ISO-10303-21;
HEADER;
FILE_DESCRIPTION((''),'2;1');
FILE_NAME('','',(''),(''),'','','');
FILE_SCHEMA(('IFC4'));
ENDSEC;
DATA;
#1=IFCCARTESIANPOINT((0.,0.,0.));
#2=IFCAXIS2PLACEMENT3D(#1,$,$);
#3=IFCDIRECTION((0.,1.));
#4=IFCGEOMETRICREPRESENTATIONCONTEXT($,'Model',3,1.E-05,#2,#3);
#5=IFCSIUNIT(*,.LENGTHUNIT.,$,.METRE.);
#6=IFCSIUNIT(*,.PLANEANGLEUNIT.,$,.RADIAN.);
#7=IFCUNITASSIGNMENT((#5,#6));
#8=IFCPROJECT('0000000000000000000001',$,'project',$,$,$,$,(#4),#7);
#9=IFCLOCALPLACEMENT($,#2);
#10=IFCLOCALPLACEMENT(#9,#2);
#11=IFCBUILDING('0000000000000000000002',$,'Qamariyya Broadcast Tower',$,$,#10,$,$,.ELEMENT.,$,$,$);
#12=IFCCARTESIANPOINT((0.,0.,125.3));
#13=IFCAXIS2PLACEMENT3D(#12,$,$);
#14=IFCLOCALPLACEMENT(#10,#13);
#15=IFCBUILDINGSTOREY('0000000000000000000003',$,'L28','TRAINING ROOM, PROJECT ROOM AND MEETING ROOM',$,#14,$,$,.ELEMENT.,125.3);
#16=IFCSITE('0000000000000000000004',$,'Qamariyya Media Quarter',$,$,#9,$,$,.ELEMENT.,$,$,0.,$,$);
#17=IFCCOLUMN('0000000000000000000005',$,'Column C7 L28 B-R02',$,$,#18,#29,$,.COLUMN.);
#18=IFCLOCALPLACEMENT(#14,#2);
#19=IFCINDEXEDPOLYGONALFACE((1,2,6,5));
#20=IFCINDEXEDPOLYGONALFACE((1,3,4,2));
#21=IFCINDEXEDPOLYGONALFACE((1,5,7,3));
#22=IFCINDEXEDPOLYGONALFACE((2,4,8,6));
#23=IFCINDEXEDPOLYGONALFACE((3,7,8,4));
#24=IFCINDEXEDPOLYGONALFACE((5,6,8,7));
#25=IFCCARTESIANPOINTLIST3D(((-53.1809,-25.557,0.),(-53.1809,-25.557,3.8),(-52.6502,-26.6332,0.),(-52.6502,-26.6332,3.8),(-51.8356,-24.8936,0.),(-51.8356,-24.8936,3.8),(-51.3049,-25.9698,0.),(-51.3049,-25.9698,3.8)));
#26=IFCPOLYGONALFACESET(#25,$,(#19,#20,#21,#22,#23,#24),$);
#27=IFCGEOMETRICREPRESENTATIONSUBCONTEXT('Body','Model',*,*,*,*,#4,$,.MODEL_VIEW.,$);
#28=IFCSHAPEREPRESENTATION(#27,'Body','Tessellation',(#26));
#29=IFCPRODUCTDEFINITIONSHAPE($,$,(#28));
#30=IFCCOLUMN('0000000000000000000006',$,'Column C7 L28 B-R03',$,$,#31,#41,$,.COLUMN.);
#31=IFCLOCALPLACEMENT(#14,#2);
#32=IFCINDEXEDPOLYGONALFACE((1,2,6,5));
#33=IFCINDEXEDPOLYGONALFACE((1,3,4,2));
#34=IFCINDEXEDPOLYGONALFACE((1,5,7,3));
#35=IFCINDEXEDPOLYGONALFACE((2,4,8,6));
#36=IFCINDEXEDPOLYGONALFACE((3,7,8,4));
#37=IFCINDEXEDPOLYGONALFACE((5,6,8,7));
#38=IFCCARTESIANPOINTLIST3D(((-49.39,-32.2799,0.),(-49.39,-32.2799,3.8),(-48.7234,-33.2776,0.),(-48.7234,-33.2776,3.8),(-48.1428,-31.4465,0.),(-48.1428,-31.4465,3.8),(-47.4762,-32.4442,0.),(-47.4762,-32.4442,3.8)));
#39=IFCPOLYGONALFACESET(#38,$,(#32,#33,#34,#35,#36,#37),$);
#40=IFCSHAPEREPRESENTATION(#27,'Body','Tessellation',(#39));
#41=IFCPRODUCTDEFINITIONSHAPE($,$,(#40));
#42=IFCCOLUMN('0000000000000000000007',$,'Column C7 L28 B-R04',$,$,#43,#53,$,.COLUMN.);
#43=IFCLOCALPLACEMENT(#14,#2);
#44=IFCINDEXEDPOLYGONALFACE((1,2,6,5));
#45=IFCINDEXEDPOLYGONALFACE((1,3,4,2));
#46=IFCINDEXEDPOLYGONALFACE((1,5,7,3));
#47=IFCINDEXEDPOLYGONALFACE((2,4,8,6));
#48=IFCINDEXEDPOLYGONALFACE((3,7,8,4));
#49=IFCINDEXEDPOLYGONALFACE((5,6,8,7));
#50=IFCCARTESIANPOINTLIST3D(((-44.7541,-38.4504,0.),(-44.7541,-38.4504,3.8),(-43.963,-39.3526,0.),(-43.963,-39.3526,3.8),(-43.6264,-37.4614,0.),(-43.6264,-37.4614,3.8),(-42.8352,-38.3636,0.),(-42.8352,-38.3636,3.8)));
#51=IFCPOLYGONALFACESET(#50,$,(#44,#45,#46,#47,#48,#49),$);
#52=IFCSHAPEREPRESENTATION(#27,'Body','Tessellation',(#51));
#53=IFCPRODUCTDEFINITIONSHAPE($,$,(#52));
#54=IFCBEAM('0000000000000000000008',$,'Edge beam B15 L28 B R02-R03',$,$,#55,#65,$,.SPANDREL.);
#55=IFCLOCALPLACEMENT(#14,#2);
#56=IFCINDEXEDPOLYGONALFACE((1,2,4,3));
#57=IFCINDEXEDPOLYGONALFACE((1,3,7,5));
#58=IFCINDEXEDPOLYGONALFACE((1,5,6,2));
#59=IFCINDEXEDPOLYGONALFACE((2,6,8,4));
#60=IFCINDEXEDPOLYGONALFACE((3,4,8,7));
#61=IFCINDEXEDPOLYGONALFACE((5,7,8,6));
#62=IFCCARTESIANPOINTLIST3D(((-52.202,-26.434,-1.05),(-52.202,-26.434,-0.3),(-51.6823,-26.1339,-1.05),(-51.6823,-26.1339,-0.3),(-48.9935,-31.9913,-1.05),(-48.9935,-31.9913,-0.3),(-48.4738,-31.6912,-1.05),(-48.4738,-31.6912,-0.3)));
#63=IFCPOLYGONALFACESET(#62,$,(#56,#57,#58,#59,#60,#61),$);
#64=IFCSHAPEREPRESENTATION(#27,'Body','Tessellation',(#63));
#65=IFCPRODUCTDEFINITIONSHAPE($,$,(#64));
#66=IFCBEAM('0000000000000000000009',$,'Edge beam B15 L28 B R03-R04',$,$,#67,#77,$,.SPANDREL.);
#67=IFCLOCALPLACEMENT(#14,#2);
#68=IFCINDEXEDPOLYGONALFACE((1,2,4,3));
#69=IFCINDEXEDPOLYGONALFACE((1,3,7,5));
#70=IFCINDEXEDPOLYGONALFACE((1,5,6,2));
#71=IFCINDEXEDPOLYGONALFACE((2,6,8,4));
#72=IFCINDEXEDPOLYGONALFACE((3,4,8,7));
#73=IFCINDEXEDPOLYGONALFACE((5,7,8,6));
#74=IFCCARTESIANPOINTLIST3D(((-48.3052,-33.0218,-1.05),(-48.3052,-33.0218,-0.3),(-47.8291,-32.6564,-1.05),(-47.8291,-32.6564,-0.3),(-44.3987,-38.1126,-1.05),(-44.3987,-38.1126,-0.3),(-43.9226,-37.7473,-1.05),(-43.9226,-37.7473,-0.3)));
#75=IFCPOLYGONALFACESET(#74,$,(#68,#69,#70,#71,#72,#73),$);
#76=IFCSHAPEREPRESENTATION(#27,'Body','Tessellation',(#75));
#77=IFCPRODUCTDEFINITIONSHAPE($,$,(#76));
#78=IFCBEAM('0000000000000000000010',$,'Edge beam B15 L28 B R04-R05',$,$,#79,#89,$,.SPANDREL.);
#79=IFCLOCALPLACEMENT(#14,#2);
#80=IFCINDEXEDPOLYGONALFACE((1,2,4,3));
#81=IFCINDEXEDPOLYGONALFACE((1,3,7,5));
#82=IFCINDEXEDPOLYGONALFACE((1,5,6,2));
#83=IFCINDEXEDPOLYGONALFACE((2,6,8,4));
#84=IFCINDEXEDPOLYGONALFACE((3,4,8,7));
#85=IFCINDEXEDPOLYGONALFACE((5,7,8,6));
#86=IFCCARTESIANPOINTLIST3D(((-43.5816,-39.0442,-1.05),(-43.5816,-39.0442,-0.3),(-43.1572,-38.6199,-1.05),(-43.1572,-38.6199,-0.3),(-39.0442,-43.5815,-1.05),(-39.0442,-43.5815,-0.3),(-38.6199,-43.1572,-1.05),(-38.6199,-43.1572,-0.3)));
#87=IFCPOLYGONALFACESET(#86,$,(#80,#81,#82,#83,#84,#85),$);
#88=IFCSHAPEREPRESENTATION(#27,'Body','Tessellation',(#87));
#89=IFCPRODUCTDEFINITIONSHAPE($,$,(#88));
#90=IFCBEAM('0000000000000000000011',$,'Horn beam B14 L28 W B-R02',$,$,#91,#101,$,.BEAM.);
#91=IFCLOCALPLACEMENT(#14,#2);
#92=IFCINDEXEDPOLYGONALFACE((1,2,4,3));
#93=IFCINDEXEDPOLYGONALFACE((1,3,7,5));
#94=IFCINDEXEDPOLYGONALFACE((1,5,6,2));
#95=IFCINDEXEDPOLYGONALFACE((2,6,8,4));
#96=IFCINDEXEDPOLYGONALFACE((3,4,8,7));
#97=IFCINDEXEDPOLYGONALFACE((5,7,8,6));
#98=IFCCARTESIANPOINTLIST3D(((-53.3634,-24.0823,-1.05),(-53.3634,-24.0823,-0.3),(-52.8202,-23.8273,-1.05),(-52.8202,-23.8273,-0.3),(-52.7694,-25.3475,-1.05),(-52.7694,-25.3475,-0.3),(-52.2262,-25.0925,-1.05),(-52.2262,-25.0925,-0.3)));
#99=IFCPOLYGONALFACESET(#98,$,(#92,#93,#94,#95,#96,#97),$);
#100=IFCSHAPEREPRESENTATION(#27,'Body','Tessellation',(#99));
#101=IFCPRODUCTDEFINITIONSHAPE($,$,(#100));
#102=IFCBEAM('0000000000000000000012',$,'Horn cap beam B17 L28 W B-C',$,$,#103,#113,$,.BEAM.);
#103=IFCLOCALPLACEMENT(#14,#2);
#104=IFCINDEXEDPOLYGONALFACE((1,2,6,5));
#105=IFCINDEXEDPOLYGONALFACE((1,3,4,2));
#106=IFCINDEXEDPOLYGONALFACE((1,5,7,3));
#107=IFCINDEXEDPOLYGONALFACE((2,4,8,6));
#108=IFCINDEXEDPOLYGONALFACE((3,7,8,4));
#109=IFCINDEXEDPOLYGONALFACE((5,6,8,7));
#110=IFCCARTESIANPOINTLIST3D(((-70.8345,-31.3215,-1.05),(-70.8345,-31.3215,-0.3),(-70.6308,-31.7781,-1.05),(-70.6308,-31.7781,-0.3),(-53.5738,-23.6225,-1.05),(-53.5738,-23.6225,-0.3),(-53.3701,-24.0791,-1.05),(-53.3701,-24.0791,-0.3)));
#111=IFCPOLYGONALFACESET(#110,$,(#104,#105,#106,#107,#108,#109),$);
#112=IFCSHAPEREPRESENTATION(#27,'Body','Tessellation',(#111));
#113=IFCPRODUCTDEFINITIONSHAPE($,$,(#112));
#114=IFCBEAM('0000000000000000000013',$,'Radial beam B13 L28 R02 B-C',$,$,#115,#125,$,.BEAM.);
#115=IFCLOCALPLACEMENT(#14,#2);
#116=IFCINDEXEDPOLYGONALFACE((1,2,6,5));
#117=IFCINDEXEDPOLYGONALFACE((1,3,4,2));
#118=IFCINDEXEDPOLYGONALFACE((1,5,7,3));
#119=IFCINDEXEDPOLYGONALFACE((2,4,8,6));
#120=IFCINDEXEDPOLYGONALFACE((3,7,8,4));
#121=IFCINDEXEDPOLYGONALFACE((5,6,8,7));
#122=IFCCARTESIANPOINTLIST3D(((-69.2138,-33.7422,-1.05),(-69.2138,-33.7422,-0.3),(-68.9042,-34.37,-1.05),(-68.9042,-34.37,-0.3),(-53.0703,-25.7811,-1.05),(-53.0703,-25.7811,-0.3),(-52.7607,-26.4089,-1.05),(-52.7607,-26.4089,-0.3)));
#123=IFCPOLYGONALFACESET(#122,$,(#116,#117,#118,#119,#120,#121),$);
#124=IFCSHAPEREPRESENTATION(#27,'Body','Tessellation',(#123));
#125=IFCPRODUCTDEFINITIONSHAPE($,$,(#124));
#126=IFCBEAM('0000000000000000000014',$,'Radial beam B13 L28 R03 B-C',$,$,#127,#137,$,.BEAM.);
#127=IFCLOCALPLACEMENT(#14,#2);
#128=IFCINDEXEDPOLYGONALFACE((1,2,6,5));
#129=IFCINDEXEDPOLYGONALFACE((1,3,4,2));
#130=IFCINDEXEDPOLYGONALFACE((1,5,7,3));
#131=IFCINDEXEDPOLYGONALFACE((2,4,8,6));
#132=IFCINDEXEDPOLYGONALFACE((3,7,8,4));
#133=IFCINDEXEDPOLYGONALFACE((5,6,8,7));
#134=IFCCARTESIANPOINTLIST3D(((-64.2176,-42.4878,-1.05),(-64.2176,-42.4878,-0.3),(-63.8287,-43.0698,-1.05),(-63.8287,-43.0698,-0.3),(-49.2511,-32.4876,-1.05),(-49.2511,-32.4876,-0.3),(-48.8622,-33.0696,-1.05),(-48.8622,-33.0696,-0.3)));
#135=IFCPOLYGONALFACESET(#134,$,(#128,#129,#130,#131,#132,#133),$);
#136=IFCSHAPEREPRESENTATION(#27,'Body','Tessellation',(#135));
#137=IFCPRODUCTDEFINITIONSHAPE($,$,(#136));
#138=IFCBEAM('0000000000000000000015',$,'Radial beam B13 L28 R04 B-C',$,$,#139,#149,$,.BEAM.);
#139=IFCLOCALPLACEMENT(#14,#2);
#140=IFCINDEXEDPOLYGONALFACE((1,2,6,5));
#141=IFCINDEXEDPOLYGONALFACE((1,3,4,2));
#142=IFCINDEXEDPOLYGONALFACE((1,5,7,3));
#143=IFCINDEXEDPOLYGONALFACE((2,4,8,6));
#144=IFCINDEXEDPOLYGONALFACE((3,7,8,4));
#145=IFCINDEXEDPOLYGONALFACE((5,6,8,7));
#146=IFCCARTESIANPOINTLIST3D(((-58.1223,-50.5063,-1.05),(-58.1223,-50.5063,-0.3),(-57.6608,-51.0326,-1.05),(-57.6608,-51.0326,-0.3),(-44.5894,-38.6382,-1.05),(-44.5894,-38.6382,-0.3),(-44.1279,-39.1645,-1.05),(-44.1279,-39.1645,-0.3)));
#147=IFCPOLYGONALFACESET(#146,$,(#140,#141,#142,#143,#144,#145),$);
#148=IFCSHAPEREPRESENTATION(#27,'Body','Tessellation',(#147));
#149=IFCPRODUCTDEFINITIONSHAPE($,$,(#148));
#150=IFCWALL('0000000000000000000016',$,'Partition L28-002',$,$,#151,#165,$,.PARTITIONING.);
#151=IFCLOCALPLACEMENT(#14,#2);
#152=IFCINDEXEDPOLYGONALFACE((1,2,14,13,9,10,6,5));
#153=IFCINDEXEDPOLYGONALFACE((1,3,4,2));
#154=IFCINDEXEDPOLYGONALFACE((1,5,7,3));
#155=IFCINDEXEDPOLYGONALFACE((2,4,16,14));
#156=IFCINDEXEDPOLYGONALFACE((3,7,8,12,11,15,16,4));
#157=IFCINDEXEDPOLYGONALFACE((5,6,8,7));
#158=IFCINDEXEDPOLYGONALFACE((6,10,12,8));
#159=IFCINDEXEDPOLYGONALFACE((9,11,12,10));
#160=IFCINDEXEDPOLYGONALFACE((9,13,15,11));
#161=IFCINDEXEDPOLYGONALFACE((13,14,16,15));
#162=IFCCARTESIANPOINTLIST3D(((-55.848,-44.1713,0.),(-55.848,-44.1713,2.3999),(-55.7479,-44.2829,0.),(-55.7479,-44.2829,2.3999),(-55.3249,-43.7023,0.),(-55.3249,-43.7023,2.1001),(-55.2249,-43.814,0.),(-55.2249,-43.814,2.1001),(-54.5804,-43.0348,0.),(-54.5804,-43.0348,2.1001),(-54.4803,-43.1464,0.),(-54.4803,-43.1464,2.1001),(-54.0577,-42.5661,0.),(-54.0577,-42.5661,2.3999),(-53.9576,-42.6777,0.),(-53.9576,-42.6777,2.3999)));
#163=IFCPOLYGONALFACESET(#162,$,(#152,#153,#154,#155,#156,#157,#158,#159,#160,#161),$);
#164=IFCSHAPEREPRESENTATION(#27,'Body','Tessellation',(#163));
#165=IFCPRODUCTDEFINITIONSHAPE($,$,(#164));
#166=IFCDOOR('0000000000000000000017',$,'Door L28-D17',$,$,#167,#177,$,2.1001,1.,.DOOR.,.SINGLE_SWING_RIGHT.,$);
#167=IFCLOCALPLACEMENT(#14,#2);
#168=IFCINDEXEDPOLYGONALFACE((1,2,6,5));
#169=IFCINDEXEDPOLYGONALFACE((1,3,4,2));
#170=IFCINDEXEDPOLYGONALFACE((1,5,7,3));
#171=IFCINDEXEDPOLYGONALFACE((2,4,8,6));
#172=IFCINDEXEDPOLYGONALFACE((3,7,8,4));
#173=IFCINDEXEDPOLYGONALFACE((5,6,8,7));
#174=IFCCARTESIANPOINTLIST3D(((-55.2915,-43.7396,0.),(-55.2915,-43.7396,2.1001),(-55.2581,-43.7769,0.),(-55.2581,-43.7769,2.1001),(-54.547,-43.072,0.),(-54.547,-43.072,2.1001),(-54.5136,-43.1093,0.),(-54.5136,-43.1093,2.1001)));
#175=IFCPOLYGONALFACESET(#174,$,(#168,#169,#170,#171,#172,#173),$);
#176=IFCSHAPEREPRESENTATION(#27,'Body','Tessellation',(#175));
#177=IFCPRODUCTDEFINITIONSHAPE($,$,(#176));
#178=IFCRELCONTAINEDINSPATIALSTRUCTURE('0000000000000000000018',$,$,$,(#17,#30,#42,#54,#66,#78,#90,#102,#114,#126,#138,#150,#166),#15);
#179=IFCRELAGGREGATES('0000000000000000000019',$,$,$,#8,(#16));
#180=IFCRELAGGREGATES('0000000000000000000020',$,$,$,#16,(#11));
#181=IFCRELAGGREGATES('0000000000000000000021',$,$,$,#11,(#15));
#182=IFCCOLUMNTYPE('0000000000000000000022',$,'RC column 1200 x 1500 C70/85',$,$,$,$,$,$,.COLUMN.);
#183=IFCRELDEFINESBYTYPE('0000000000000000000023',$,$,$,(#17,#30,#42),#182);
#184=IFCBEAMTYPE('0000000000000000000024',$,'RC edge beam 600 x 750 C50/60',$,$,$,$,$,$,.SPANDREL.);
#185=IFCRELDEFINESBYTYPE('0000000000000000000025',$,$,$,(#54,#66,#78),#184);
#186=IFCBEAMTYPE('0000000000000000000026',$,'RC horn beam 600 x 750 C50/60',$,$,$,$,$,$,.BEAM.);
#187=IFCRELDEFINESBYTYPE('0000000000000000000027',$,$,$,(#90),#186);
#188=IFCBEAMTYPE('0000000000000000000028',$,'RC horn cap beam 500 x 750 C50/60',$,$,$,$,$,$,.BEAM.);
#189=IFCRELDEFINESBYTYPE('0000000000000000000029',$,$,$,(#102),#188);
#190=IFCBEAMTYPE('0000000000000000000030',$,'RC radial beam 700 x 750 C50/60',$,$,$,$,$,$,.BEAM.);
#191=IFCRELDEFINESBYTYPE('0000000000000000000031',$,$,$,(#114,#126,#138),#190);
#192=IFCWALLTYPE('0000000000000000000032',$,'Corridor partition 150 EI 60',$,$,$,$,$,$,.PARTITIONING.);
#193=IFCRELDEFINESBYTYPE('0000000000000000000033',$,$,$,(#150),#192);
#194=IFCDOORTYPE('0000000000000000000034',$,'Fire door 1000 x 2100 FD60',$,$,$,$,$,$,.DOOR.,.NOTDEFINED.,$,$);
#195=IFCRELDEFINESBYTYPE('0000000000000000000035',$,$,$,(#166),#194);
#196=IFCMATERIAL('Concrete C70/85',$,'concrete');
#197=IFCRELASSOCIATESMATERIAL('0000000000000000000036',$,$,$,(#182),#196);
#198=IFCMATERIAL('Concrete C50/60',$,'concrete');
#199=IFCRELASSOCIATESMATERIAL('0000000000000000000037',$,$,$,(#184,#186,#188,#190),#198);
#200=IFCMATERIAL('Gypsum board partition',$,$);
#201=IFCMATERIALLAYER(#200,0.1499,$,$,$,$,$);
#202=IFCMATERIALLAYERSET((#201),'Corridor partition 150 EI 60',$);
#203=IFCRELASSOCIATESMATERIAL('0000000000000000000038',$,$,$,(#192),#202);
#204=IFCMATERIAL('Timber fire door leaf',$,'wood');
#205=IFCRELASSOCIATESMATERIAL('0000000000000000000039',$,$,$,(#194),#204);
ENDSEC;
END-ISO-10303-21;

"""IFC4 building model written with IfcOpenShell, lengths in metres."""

from ifc_helpers import new_model, si_unit, direction, frame, frame_2d, origin, origin_2d, place, context, subcontext, project, spatial, rectangle, extrude, material, layer, layer_set, material_profile, profile_set, type_object, element, fill, save


model = new_model("IFC4")

# Units and contexts
model_context = context("Model", 3, precision=1e-05, world=origin(), true_north=direction((0.0, 1.0)))
body_context = subcontext(model_context, "Body", "Model", "MODEL_VIEW")
ifc_project = project(units=[si_unit("LENGTHUNIT", "METRE"), si_unit("PLANEANGLEUNIT", "RADIAN")], contexts=[model_context])

# Site, building, storey
site_placement = place(None, origin())
site = spatial("IfcSite", under=ifc_project, at=site_placement, Name="Qamariyya Media Quarter", CompositionType="ELEMENT", RefElevation=0.0)
building_placement = place(site_placement, origin())
building = spatial("IfcBuilding", under=site, at=building_placement, Name="Qamariyya Broadcast Tower", CompositionType="ELEMENT")
storey_placement = place(building_placement, frame((0.0, 0.0, 125.3)))
storey = spatial("IfcBuildingStorey", under=building, at=storey_placement, Name="L28", Description="TRAINING ROOM, PROJECT ROOM AND MEETING ROOM", CompositionType="ELEMENT", Elevation=125.3)

# Columns
ifc_material_1 = material(Name="Concrete C70/85", Category="concrete")
ifc_material_profile_1 = material_profile(ifc_material_1, rectangle(XDim=1.2, YDim=1.5, at=origin_2d()))
ifc_profile_set_1 = profile_set([ifc_material_profile_1], Name="Concrete C70/85")
column_type = type_object("IfcColumnType", Name="RC column 1200 x 1500 C70/85", PredefinedType="COLUMN", material=ifc_profile_set_1)
for number, where, z_axis, x_axis, name in (
    (1, (-52.2429, -25.7634, 0.0), (0.0, 0.0, 1.0), (0.442289, -0.896873, 0.0), "Column C7 L28 B-R02"),
    (2, (-48.4331, -32.3621, 0.0), (0.0, 0.0, 1.0), (0.55557, -0.83147, 0.0), "Column C7 L28 B-R03"),
    (3, (-43.7947, -38.407, 0.0), (0.0, 0.0, 1.0), (0.659346, -0.75184, 0.0), "Column C7 L28 B-R04"),
):
    element("IfcColumn", number, at=place(storey_placement, frame(where, z_axis=z_axis, x_axis=x_axis)), inside=storey, type_object=column_type, Name=name, PredefinedType="COLUMN", context=body_context, shape_type="SweptSolid", body=[
        extrude(rectangle(XDim=1.2, YDim=1.5, at=origin_2d()), origin(), (0.0, 0.0, 1.0), 3.8),
    ])

# Beams
ifc_material_2 = material(Name="Concrete C50/60", Category="concrete")
ifc_material_profile_2 = material_profile(ifc_material_2, rectangle(XDim=0.6001, YDim=0.75, at=origin_2d()))
ifc_profile_set_2 = profile_set([ifc_material_profile_2], Name="Concrete C50/60")
beam_type_1 = type_object("IfcBeamType", Name="RC edge beam 600 x 750 C50/60", PredefinedType="SPANDREL", material=ifc_profile_set_2)
for number, where, z_axis, x_axis, name in (
    (4, (-51.9421, -26.2839, -0.675), (0.499994, -0.866029, 0.0), (0.866029, 0.499994, 0.0), "Edge beam B15 L28 B R02-R03"),
    (5, (-48.0671, -32.8391, -0.675), (0.608778, -0.793341, 0.0), (0.793341, 0.608778, 0.0), "Edge beam B15 L28 B R03-R04"),
):
    element("IfcBeam", number, at=place(storey_placement, frame(where, z_axis=z_axis, x_axis=x_axis)), inside=storey, type_object=beam_type_1, Name=name, PredefinedType="SPANDREL", context=body_context, shape_type="SweptSolid", body=[
        extrude(rectangle(XDim=0.6001, YDim=0.75, at=origin_2d()), origin(), (0.0, 0.0, 1.0), 6.417),
    ])
beam_1_placement = place(storey_placement, frame((-43.3694, -38.832, -0.675), z_axis=(0.707107, -0.707107, 0.0), x_axis=(0.707107, 0.707107, 0.0)))
element("IfcBeam", 6, at=beam_1_placement, inside=storey, type_object=beam_type_1, Name="Edge beam B15 L28 B R04-R05", PredefinedType="SPANDREL", context=body_context, shape_type="SweptSolid", body=[
    extrude(rectangle(XDim=0.6001, YDim=0.75, at=origin_2d()), origin(), (0.0, 0.0, 1.0), 6.4167),
])
ifc_material_profile_3 = material_profile(ifc_material_2, rectangle(XDim=0.6001, YDim=0.75, at=origin_2d()))
ifc_profile_set_3 = profile_set([ifc_material_profile_3], Name="Concrete C50/60")
beam_type_2 = type_object("IfcBeamType", Name="RC horn beam 600 x 750 C50/60", PredefinedType="BEAM", material=ifc_profile_set_3)
beam_2_placement = place(storey_placement, frame((-52.4978, -25.22, -0.675), z_axis=(-0.424998, 0.905194, 0.0), x_axis=(-0.905194, -0.424998, 0.0)))
element("IfcBeam", 7, at=beam_2_placement, inside=storey, type_object=beam_type_2, Name="Horn beam B14 L28 W B-R02", PredefinedType="BEAM", context=body_context, shape_type="SweptSolid", body=[
    extrude(rectangle(XDim=0.6001, YDim=0.75, at=origin_2d()), origin(), (0.0, 0.0, 1.0), 1.3977),
])
ifc_material_profile_4 = material_profile(ifc_material_2, rectangle(XDim=0.5, YDim=0.75, at=origin_2d()))
ifc_profile_set_4 = profile_set([ifc_material_profile_4], Name="Concrete C50/60")
beam_type_3 = type_object("IfcBeamType", Name="RC horn cap beam 500 x 750 C50/60", PredefinedType="BEAM", material=ifc_profile_set_4)
beam_3_placement = place(storey_placement, frame((-53.4719, -23.8508, -0.675), z_axis=(-0.91327, -0.407355, 0.0), x_axis=(0.407355, -0.91327, 0.0)))
element("IfcBeam", 8, at=beam_3_placement, inside=storey, type_object=beam_type_3, Name="Horn cap beam B17 L28 W B-C", PredefinedType="BEAM", context=body_context, shape_type="SweptSolid", body=[
    extrude(rectangle(XDim=0.5, YDim=0.75, at=origin_2d()), origin(), (0.0, 0.0, 1.0), 18.8999),
])
ifc_material_profile_5 = material_profile(ifc_material_2, rectangle(XDim=0.7, YDim=0.75, at=origin_2d()))
ifc_profile_set_5 = profile_set([ifc_material_profile_5], Name="Concrete C50/60")
beam_type_4 = type_object("IfcBeamType", Name="RC radial beam 700 x 750 C50/60", PredefinedType="BEAM", material=ifc_profile_set_5)
beam_4_placement = place(storey_placement, frame((-52.9155, -26.095, -0.675), z_axis=(-0.896871, -0.442291, 0.0), x_axis=(0.442291, -0.896871, 0.0)))
element("IfcBeam", 9, at=beam_4_placement, inside=storey, type_object=beam_type_4, Name="Radial beam B13 L28 R02 B-C", PredefinedType="BEAM", context=body_context, shape_type="SweptSolid", body=[
    extrude(rectangle(XDim=0.7, YDim=0.75, at=origin_2d()), origin(), (0.0, 0.0, 1.0), 17.9998),
])
beam_5_placement = place(storey_placement, frame((-49.0566, -32.7786, -0.675), z_axis=(-0.831472, -0.555567, 0.0), x_axis=(0.555567, -0.831472, 0.0)))
element("IfcBeam", 10, at=beam_5_placement, inside=storey, type_object=beam_type_4, Name="Radial beam B13 L28 R03 B-C", PredefinedType="BEAM", context=body_context, shape_type="SweptSolid", body=[
    extrude(rectangle(XDim=0.7, YDim=0.75, at=origin_2d()), origin(), (0.0, 0.0, 1.0), 18.0),
])
beam_6_placement = place(storey_placement, frame((-44.3586, -38.9014, -0.675), z_axis=(-0.751838, -0.659348, 0.0), x_axis=(0.659348, -0.751838, 0.0)))
element("IfcBeam", 11, at=beam_6_placement, inside=storey, type_object=beam_type_4, Name="Radial beam B13 L28 R04 B-C", PredefinedType="BEAM", context=body_context, shape_type="SweptSolid", body=[
    extrude(rectangle(XDim=0.7, YDim=0.75, at=origin_2d()), origin(), (0.0, 0.0, 1.0), 17.9998),
])

# Wall, opening, door
ifc_material_3 = material(Name="Gypsum board partition")
ifc_layer_1 = layer(ifc_material_3, 0.1499)
ifc_layer_set_1 = layer_set([ifc_layer_1], Name="Corridor partition 150 EI 60")
wall_type_1 = type_object("IfcWallType", Name="Corridor partition 150 EI 60", PredefinedType="PARTITIONING", material=ifc_layer_set_1)
wall_1_placement = place(storey_placement, frame((-55.7979, -44.2271, 0.0), z_axis=(0.0, 0.0, 1.0), x_axis=(0.74454, 0.667578, 0.0)))
wall_1 = element("IfcWall", 12, at=wall_1_placement, inside=storey, type_object=wall_type_1, Name="Partition L28-002", PredefinedType="PARTITIONING", context=body_context, shape_type="SweptSolid", body=[
    extrude(rectangle(XDim=2.4045, YDim=0.1499, at=frame_2d((1.2021, 0.0))), origin(), (0.0, 0.0, 1.0), 2.3999),
])
opening_1_placement = place(wall_1_placement, frame((0.7024, 0.0, 0.0)))
opening_1 = element("IfcOpeningElement", 13, at=opening_1_placement, cuts=wall_1, PredefinedType="OPENING", context=body_context, shape_type="SweptSolid", body=[
    extrude(rectangle(XDim=1.0, YDim=2.1001, at=frame_2d((0.5, 1.05))), frame((0.0, 0.085, 0.0), z_axis=(0.0, -1.0, 0.0), x_axis=(1.0, 0.0, 0.0)), (0.0, 0.0, 1.0), 0.1699),
])
ifc_material_4 = material(Name="Timber fire door leaf", Category="wood")
door_type = type_object("IfcDoorType", Name="Fire door 1000 x 2100 FD60", OperationType="NOTDEFINED", PredefinedType="DOOR", material=ifc_material_4)
door_placement = place(opening_1_placement, origin())
door = element("IfcDoor", 14, at=door_placement, inside=storey, type_object=door_type, Name="Door L28-D17", OperationType="SINGLE_SWING_RIGHT", OverallHeight=2.1001, OverallWidth=1.0, PredefinedType="DOOR", context=body_context, shape_type="SweptSolid", body=[
    extrude(rectangle(XDim=1.0, YDim=2.1001, at=frame_2d((0.5, 1.05))), frame((0.0, 0.0249, 0.0), z_axis=(0.0, -1.0, 0.0), x_axis=(1.0, 0.0, 0.0)), (0.0, 0.0, 1.0), 0.05),
])
fill(opening_1, door)

save(model, "model.ifc")
